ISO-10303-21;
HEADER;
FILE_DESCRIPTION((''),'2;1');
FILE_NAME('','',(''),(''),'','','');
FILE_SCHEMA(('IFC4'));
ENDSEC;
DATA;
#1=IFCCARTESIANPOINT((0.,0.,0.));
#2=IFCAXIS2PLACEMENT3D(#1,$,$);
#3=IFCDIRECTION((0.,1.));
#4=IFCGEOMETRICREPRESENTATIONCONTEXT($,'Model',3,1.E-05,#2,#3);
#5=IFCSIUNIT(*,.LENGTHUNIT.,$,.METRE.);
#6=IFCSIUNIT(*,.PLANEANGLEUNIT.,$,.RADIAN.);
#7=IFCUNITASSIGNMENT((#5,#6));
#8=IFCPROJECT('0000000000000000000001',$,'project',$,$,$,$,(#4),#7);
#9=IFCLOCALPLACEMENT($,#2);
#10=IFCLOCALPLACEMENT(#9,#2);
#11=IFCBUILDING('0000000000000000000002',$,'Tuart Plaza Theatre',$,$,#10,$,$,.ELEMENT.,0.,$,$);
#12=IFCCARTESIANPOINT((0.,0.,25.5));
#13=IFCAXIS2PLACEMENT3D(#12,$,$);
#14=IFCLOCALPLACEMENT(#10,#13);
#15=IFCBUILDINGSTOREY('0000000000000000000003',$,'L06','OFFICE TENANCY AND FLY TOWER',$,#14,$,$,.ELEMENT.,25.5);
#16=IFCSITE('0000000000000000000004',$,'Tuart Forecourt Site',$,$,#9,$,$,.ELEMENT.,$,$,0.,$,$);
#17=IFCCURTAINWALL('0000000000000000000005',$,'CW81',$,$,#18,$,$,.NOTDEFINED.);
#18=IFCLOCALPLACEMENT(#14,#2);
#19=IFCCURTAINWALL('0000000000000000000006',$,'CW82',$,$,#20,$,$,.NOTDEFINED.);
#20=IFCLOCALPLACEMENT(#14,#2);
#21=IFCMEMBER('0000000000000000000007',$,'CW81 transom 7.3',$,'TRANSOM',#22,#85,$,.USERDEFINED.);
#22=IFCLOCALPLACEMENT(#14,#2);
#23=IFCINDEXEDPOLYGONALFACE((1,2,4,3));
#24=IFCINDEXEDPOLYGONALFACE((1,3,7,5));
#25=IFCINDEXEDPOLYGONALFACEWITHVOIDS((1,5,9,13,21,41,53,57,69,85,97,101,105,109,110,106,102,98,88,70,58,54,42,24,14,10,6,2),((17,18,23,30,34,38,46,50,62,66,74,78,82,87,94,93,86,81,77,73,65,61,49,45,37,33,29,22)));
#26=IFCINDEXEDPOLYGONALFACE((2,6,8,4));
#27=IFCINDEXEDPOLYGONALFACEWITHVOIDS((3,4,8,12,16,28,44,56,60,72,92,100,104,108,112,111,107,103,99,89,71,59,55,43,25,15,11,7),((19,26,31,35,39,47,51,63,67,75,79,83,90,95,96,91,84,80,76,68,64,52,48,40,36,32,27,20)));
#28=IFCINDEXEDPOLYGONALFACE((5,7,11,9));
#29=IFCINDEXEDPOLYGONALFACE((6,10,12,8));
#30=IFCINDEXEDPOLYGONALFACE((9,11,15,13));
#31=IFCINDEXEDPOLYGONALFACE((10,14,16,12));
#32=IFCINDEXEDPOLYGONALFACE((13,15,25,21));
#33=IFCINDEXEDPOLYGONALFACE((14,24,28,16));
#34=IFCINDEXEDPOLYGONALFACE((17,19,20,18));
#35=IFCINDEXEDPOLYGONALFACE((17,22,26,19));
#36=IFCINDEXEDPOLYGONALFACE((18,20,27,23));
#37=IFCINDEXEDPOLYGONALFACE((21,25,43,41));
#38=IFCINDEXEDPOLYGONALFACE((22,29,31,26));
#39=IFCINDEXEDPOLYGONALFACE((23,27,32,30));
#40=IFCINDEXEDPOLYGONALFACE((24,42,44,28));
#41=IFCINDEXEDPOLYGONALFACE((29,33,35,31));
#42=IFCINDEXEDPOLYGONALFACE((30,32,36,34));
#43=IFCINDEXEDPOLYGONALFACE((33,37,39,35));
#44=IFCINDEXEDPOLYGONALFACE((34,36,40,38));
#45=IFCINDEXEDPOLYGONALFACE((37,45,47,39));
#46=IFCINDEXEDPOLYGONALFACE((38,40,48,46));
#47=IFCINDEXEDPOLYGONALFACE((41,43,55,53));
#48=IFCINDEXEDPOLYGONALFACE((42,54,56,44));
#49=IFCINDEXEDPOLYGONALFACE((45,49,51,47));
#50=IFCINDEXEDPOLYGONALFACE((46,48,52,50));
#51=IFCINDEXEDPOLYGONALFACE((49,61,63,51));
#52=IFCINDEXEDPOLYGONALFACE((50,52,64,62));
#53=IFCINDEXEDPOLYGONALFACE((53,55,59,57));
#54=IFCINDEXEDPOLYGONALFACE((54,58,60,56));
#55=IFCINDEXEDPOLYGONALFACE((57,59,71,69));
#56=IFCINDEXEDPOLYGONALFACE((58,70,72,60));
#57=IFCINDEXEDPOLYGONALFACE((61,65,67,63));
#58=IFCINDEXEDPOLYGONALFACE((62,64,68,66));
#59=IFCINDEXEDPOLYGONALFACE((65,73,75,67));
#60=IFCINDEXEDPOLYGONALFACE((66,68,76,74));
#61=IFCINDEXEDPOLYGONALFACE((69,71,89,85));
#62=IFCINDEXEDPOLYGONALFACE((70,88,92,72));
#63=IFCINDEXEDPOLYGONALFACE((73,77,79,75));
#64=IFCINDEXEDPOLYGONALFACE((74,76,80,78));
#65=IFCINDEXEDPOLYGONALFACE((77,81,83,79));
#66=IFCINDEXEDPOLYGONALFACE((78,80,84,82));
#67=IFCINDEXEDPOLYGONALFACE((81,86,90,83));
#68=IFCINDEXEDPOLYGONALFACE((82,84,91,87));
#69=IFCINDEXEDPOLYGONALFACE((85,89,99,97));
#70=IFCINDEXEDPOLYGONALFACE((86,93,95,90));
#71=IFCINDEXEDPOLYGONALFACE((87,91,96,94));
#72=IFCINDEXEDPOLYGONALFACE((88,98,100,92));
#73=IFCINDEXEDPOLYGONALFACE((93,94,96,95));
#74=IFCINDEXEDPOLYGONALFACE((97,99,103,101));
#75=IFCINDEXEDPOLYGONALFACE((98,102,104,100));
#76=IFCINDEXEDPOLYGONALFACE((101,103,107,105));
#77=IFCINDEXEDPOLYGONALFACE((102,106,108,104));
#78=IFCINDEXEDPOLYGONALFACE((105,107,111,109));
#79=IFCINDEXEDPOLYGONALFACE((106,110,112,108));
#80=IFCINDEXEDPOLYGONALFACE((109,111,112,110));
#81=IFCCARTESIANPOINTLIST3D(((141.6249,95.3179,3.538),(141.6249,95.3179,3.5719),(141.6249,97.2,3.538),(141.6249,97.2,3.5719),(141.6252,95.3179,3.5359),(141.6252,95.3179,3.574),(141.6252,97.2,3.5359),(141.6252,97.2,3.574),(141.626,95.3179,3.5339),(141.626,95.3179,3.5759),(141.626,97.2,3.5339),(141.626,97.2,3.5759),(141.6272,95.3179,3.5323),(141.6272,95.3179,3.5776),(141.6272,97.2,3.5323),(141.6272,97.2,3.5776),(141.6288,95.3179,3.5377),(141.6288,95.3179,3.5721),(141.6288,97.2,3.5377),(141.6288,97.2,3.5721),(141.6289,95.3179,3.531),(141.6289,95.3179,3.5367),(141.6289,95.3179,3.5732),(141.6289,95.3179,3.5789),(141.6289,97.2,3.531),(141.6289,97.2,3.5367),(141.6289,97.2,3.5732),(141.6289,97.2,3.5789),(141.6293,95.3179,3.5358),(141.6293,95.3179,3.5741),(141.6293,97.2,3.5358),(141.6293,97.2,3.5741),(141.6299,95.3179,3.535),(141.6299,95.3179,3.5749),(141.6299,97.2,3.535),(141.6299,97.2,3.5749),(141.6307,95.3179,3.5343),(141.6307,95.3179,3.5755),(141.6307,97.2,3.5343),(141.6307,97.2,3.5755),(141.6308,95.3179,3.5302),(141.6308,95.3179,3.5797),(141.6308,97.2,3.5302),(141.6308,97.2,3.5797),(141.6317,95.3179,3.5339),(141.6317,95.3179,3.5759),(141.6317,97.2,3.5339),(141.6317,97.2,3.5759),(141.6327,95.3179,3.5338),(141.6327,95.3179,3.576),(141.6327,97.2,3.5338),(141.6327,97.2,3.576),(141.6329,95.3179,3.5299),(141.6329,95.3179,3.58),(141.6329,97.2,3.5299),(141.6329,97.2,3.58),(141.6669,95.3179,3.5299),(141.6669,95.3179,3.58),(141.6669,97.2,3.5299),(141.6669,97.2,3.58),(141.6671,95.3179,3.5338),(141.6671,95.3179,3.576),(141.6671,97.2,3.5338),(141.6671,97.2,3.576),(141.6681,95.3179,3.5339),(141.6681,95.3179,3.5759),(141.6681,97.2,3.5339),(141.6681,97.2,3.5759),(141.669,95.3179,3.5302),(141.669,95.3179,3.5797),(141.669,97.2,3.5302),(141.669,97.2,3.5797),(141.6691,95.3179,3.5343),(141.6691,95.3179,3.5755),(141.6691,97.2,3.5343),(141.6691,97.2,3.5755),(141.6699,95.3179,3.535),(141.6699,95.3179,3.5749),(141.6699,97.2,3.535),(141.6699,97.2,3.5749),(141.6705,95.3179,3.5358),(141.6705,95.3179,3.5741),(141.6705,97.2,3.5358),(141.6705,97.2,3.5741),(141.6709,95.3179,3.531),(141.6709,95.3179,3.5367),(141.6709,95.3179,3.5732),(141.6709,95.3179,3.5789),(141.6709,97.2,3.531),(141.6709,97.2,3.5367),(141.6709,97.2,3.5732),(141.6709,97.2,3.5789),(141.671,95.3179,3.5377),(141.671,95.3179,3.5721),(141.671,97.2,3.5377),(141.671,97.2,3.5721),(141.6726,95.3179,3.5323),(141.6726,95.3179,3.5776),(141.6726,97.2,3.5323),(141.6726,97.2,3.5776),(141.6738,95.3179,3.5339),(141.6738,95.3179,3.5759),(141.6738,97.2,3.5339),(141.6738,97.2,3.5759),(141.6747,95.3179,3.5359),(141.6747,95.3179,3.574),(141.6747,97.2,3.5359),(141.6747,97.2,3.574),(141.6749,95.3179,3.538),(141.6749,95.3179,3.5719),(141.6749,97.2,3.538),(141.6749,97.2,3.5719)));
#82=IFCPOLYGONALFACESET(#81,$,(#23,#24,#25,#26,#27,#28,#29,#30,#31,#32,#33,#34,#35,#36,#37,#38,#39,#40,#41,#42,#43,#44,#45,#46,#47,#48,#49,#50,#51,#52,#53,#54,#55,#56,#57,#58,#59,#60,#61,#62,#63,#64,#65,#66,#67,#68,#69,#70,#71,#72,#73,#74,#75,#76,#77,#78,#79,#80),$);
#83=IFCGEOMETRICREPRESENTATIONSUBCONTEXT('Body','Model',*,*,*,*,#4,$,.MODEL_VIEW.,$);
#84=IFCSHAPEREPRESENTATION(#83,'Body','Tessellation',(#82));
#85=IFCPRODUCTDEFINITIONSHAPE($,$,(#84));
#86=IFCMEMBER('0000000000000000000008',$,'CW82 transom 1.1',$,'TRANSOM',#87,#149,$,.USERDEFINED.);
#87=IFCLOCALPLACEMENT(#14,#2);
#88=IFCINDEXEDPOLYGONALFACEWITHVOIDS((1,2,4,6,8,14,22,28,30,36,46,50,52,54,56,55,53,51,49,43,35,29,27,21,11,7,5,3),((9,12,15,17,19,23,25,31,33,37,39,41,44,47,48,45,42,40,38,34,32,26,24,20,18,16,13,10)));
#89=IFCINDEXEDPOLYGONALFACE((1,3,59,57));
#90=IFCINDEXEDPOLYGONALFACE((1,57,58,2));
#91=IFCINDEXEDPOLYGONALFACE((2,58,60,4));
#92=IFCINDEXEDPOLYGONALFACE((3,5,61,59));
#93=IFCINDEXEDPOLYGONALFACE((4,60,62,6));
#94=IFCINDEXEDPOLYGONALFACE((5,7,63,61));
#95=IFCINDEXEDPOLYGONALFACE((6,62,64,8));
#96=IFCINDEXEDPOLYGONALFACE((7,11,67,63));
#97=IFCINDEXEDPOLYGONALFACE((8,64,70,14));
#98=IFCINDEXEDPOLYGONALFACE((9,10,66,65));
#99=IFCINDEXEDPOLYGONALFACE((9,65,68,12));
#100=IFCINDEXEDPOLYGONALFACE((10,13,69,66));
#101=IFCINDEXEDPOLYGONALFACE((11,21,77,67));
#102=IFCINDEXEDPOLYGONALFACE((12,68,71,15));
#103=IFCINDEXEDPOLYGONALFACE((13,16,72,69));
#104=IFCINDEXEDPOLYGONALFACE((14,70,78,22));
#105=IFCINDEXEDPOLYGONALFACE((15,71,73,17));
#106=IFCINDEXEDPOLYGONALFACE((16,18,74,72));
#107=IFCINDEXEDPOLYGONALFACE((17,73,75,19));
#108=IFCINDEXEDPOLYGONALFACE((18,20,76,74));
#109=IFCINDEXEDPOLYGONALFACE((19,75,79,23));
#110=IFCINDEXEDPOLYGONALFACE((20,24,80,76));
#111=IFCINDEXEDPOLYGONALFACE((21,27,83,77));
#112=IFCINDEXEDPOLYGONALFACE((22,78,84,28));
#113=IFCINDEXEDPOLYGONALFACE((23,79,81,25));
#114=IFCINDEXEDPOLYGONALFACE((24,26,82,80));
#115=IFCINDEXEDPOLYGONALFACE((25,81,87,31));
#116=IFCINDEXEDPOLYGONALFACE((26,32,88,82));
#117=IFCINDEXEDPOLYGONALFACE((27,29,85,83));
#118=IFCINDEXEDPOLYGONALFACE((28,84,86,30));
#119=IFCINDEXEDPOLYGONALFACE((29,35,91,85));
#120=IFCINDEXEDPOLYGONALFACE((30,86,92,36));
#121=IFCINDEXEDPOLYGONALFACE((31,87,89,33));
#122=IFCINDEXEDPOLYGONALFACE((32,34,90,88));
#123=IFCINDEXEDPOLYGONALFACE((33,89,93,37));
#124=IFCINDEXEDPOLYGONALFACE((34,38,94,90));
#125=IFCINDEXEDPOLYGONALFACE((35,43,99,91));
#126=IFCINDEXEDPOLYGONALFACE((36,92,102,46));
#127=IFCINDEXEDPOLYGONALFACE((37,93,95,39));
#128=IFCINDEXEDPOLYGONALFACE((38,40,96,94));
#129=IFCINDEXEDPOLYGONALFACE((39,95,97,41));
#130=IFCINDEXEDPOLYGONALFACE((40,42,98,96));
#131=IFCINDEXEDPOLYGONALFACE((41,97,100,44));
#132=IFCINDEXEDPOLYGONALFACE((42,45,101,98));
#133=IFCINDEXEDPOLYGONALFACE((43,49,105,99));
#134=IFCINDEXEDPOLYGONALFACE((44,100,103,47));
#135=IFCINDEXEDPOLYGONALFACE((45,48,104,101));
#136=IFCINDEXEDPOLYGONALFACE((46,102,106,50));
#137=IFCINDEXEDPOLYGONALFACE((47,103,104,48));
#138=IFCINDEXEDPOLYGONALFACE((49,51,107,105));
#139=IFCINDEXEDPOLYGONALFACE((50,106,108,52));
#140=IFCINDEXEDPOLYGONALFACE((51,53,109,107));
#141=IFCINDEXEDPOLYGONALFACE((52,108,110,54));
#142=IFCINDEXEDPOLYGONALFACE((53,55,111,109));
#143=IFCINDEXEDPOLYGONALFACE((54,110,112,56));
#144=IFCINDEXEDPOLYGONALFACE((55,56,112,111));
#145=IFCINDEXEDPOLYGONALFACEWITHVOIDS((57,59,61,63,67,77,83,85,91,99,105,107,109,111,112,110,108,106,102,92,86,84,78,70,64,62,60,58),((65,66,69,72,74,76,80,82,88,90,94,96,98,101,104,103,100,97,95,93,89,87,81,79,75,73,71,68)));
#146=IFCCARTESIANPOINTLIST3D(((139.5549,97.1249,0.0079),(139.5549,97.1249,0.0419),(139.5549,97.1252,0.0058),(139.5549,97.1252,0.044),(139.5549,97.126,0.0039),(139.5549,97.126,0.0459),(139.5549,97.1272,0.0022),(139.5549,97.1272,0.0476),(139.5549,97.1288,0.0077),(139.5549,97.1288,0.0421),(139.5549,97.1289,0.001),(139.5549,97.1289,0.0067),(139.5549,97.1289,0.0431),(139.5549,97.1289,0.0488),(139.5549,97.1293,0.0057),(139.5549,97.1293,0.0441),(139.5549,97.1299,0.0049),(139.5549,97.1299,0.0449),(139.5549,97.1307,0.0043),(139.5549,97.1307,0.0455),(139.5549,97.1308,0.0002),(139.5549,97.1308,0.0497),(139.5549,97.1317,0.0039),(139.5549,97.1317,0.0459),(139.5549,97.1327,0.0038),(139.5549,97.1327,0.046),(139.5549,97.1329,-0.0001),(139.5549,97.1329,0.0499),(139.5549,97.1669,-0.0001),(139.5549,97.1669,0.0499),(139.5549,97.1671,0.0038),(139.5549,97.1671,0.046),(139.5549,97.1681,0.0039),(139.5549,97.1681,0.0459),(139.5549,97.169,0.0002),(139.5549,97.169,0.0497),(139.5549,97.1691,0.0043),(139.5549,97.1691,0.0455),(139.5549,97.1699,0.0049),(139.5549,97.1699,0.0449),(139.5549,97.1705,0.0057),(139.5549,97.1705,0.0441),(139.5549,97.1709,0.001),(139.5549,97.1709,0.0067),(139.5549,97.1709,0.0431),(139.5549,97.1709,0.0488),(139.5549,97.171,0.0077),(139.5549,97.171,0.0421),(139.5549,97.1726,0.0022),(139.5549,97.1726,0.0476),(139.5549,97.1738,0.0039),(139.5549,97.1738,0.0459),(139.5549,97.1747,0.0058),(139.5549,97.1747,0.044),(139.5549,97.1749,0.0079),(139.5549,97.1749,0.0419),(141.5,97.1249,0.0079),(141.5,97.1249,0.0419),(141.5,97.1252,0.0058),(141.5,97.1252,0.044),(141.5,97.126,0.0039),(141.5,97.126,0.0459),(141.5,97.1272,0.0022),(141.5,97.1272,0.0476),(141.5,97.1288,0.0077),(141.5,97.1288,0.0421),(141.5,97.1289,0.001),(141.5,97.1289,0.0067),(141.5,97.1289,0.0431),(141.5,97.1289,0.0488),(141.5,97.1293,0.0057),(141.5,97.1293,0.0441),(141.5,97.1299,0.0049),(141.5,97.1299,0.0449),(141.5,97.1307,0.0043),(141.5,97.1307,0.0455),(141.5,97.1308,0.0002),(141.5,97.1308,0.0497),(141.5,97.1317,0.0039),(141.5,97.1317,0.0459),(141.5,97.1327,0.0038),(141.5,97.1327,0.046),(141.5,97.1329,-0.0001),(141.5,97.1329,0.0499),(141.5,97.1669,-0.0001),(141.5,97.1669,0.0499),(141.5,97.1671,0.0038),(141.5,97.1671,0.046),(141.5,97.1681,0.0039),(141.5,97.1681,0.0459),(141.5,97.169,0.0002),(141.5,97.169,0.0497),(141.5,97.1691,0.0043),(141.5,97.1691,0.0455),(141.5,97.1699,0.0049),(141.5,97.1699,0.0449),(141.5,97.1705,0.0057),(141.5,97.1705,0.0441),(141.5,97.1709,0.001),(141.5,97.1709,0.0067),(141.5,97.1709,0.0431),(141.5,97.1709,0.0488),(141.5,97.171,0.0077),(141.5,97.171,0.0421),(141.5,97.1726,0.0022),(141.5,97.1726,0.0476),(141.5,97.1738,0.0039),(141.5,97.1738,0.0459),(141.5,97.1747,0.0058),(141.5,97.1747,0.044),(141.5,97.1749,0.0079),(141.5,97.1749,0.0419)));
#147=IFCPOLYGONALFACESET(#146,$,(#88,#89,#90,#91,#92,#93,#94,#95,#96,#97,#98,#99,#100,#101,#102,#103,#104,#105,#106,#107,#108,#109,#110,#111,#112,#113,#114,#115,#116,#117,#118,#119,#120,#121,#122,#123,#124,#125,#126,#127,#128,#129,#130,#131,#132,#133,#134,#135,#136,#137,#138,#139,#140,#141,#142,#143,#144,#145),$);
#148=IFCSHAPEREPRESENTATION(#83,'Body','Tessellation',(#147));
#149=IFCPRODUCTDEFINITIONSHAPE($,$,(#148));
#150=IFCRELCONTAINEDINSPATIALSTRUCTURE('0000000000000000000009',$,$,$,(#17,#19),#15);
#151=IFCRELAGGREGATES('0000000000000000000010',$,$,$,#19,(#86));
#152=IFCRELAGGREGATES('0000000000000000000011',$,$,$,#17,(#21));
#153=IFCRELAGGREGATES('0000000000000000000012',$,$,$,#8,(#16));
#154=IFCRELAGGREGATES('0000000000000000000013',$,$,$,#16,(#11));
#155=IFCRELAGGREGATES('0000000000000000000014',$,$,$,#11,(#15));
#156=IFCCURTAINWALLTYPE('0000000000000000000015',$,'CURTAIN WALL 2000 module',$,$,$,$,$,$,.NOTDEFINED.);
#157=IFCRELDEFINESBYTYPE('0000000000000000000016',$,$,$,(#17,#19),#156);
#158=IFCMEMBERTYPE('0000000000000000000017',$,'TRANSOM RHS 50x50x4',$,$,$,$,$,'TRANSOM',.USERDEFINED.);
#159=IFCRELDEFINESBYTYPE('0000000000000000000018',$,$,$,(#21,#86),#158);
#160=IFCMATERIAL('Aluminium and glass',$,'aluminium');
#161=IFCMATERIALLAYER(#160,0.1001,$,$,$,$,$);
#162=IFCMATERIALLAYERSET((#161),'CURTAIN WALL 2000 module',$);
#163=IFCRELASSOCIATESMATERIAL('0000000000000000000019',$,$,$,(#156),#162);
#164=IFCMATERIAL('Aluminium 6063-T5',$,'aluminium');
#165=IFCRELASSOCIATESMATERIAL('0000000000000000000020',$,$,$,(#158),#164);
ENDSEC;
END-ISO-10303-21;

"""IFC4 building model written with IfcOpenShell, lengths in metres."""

from ifc_helpers import new_model, si_unit, direction, frame, origin, origin_2d, place, context, subcontext, project, spatial, hollow_rectangle, extrude, material, layer, layer_set, material_profile, profile_set, type_object, element, aggregate, save


model = new_model("IFC4")

# Units and contexts
model_context = context("Model", 3, precision=1e-05, world=origin(), true_north=direction((0.0, 1.0)))
body_context = subcontext(model_context, "Body", "Model", "MODEL_VIEW")
ifc_project = project(units=[si_unit("LENGTHUNIT", "METRE"), si_unit("PLANEANGLEUNIT", "RADIAN")], contexts=[model_context])

# Site, building, storey
site_placement = place(None, origin())
site = spatial("IfcSite", under=ifc_project, at=site_placement, Name="Tuart Forecourt Site", CompositionType="ELEMENT", RefElevation=0.0)
building_placement = place(site_placement, origin())
building = spatial("IfcBuilding", under=site, at=building_placement, Name="Tuart Plaza Theatre", CompositionType="ELEMENT", ElevationOfRefHeight=0.0)
storey_placement = place(building_placement, frame((0.0, 0.0, 25.5)))
storey = spatial("IfcBuildingStorey", under=building, at=storey_placement, Name="L06", Description="OFFICE TENANCY AND FLY TOWER", CompositionType="ELEMENT", Elevation=25.5)

# Curtain wall
ifc_material_1 = material(Name="Aluminium and glass", Category="aluminium")
ifc_layer_1 = layer(ifc_material_1, 0.1001)
ifc_layer_set_1 = layer_set([ifc_layer_1], Name="CURTAIN WALL 2000 module")
curtain_wall_type = type_object("IfcCurtainWallType", Name="CURTAIN WALL 2000 module", PredefinedType="NOTDEFINED", material=ifc_layer_set_1)
curtain_wall_1_placement = place(storey_placement, origin())
curtain_wall_1 = element("IfcCurtainWall", 1, at=curtain_wall_1_placement, inside=storey, type_object=curtain_wall_type, Name="CW81", PredefinedType="NOTDEFINED")

# Curtain wall
curtain_wall_2_placement = place(storey_placement, origin())
curtain_wall_2 = element("IfcCurtainWall", 2, at=curtain_wall_2_placement, inside=storey, type_object=curtain_wall_type, Name="CW82", PredefinedType="NOTDEFINED")

# Members
ifc_material_2 = material(Name="Aluminium 6063-T5", Category="aluminium")
ifc_material_profile_1 = material_profile(ifc_material_2, hollow_rectangle(XDim=0.05, YDim=0.05, WallThickness=0.0039, InnerFilletRadius=0.0039, OuterFilletRadius=0.0081, at=origin_2d()), Name="RHS 50x50x4")
ifc_profile_set_1 = profile_set([ifc_material_profile_1], Name="Aluminium 6063-T5")
member_type_1 = type_object("IfcMemberType", Name="TRANSOM RHS 50x50x4", ElementType="TRANSOM", PredefinedType="USERDEFINED", material=ifc_profile_set_1)
member_1_placement = place(storey_placement, frame((141.6499, 95.3179, 3.5549), z_axis=(0.0, 1.0, 0.0), x_axis=(-1.0, 0.0, 0.0)))
member_1 = element("IfcMember", 3, at=member_1_placement, type_object=member_type_1, Name="CW81 transom 7.3", ObjectType="TRANSOM", PredefinedType="USERDEFINED", context=body_context, shape_type="SweptSolid", body=[
    extrude(hollow_rectangle(XDim=0.05, YDim=0.05, WallThickness=0.0039, InnerFilletRadius=0.0039, OuterFilletRadius=0.0081, at=origin_2d()), origin(), (0.0, 0.0, 1.0), 1.8821),
])
member_2_placement = place(storey_placement, frame((141.5, 97.1499, 0.0249), z_axis=(-1.0, 0.0, 0.0), x_axis=(0.0, -1.0, 0.0)))
member_2 = element("IfcMember", 4, at=member_2_placement, type_object=member_type_1, Name="CW82 transom 1.1", ObjectType="TRANSOM", PredefinedType="USERDEFINED", context=body_context, shape_type="SweptSolid", body=[
    extrude(hollow_rectangle(XDim=0.05, YDim=0.05, WallThickness=0.0039, InnerFilletRadius=0.0039, OuterFilletRadius=0.0081, at=origin_2d()), origin(), (0.0, 0.0, 1.0), 1.9451),
])
aggregate(curtain_wall_2, [member_2])

aggregate(curtain_wall_1, [member_1])

save(model, "model.ifc")
